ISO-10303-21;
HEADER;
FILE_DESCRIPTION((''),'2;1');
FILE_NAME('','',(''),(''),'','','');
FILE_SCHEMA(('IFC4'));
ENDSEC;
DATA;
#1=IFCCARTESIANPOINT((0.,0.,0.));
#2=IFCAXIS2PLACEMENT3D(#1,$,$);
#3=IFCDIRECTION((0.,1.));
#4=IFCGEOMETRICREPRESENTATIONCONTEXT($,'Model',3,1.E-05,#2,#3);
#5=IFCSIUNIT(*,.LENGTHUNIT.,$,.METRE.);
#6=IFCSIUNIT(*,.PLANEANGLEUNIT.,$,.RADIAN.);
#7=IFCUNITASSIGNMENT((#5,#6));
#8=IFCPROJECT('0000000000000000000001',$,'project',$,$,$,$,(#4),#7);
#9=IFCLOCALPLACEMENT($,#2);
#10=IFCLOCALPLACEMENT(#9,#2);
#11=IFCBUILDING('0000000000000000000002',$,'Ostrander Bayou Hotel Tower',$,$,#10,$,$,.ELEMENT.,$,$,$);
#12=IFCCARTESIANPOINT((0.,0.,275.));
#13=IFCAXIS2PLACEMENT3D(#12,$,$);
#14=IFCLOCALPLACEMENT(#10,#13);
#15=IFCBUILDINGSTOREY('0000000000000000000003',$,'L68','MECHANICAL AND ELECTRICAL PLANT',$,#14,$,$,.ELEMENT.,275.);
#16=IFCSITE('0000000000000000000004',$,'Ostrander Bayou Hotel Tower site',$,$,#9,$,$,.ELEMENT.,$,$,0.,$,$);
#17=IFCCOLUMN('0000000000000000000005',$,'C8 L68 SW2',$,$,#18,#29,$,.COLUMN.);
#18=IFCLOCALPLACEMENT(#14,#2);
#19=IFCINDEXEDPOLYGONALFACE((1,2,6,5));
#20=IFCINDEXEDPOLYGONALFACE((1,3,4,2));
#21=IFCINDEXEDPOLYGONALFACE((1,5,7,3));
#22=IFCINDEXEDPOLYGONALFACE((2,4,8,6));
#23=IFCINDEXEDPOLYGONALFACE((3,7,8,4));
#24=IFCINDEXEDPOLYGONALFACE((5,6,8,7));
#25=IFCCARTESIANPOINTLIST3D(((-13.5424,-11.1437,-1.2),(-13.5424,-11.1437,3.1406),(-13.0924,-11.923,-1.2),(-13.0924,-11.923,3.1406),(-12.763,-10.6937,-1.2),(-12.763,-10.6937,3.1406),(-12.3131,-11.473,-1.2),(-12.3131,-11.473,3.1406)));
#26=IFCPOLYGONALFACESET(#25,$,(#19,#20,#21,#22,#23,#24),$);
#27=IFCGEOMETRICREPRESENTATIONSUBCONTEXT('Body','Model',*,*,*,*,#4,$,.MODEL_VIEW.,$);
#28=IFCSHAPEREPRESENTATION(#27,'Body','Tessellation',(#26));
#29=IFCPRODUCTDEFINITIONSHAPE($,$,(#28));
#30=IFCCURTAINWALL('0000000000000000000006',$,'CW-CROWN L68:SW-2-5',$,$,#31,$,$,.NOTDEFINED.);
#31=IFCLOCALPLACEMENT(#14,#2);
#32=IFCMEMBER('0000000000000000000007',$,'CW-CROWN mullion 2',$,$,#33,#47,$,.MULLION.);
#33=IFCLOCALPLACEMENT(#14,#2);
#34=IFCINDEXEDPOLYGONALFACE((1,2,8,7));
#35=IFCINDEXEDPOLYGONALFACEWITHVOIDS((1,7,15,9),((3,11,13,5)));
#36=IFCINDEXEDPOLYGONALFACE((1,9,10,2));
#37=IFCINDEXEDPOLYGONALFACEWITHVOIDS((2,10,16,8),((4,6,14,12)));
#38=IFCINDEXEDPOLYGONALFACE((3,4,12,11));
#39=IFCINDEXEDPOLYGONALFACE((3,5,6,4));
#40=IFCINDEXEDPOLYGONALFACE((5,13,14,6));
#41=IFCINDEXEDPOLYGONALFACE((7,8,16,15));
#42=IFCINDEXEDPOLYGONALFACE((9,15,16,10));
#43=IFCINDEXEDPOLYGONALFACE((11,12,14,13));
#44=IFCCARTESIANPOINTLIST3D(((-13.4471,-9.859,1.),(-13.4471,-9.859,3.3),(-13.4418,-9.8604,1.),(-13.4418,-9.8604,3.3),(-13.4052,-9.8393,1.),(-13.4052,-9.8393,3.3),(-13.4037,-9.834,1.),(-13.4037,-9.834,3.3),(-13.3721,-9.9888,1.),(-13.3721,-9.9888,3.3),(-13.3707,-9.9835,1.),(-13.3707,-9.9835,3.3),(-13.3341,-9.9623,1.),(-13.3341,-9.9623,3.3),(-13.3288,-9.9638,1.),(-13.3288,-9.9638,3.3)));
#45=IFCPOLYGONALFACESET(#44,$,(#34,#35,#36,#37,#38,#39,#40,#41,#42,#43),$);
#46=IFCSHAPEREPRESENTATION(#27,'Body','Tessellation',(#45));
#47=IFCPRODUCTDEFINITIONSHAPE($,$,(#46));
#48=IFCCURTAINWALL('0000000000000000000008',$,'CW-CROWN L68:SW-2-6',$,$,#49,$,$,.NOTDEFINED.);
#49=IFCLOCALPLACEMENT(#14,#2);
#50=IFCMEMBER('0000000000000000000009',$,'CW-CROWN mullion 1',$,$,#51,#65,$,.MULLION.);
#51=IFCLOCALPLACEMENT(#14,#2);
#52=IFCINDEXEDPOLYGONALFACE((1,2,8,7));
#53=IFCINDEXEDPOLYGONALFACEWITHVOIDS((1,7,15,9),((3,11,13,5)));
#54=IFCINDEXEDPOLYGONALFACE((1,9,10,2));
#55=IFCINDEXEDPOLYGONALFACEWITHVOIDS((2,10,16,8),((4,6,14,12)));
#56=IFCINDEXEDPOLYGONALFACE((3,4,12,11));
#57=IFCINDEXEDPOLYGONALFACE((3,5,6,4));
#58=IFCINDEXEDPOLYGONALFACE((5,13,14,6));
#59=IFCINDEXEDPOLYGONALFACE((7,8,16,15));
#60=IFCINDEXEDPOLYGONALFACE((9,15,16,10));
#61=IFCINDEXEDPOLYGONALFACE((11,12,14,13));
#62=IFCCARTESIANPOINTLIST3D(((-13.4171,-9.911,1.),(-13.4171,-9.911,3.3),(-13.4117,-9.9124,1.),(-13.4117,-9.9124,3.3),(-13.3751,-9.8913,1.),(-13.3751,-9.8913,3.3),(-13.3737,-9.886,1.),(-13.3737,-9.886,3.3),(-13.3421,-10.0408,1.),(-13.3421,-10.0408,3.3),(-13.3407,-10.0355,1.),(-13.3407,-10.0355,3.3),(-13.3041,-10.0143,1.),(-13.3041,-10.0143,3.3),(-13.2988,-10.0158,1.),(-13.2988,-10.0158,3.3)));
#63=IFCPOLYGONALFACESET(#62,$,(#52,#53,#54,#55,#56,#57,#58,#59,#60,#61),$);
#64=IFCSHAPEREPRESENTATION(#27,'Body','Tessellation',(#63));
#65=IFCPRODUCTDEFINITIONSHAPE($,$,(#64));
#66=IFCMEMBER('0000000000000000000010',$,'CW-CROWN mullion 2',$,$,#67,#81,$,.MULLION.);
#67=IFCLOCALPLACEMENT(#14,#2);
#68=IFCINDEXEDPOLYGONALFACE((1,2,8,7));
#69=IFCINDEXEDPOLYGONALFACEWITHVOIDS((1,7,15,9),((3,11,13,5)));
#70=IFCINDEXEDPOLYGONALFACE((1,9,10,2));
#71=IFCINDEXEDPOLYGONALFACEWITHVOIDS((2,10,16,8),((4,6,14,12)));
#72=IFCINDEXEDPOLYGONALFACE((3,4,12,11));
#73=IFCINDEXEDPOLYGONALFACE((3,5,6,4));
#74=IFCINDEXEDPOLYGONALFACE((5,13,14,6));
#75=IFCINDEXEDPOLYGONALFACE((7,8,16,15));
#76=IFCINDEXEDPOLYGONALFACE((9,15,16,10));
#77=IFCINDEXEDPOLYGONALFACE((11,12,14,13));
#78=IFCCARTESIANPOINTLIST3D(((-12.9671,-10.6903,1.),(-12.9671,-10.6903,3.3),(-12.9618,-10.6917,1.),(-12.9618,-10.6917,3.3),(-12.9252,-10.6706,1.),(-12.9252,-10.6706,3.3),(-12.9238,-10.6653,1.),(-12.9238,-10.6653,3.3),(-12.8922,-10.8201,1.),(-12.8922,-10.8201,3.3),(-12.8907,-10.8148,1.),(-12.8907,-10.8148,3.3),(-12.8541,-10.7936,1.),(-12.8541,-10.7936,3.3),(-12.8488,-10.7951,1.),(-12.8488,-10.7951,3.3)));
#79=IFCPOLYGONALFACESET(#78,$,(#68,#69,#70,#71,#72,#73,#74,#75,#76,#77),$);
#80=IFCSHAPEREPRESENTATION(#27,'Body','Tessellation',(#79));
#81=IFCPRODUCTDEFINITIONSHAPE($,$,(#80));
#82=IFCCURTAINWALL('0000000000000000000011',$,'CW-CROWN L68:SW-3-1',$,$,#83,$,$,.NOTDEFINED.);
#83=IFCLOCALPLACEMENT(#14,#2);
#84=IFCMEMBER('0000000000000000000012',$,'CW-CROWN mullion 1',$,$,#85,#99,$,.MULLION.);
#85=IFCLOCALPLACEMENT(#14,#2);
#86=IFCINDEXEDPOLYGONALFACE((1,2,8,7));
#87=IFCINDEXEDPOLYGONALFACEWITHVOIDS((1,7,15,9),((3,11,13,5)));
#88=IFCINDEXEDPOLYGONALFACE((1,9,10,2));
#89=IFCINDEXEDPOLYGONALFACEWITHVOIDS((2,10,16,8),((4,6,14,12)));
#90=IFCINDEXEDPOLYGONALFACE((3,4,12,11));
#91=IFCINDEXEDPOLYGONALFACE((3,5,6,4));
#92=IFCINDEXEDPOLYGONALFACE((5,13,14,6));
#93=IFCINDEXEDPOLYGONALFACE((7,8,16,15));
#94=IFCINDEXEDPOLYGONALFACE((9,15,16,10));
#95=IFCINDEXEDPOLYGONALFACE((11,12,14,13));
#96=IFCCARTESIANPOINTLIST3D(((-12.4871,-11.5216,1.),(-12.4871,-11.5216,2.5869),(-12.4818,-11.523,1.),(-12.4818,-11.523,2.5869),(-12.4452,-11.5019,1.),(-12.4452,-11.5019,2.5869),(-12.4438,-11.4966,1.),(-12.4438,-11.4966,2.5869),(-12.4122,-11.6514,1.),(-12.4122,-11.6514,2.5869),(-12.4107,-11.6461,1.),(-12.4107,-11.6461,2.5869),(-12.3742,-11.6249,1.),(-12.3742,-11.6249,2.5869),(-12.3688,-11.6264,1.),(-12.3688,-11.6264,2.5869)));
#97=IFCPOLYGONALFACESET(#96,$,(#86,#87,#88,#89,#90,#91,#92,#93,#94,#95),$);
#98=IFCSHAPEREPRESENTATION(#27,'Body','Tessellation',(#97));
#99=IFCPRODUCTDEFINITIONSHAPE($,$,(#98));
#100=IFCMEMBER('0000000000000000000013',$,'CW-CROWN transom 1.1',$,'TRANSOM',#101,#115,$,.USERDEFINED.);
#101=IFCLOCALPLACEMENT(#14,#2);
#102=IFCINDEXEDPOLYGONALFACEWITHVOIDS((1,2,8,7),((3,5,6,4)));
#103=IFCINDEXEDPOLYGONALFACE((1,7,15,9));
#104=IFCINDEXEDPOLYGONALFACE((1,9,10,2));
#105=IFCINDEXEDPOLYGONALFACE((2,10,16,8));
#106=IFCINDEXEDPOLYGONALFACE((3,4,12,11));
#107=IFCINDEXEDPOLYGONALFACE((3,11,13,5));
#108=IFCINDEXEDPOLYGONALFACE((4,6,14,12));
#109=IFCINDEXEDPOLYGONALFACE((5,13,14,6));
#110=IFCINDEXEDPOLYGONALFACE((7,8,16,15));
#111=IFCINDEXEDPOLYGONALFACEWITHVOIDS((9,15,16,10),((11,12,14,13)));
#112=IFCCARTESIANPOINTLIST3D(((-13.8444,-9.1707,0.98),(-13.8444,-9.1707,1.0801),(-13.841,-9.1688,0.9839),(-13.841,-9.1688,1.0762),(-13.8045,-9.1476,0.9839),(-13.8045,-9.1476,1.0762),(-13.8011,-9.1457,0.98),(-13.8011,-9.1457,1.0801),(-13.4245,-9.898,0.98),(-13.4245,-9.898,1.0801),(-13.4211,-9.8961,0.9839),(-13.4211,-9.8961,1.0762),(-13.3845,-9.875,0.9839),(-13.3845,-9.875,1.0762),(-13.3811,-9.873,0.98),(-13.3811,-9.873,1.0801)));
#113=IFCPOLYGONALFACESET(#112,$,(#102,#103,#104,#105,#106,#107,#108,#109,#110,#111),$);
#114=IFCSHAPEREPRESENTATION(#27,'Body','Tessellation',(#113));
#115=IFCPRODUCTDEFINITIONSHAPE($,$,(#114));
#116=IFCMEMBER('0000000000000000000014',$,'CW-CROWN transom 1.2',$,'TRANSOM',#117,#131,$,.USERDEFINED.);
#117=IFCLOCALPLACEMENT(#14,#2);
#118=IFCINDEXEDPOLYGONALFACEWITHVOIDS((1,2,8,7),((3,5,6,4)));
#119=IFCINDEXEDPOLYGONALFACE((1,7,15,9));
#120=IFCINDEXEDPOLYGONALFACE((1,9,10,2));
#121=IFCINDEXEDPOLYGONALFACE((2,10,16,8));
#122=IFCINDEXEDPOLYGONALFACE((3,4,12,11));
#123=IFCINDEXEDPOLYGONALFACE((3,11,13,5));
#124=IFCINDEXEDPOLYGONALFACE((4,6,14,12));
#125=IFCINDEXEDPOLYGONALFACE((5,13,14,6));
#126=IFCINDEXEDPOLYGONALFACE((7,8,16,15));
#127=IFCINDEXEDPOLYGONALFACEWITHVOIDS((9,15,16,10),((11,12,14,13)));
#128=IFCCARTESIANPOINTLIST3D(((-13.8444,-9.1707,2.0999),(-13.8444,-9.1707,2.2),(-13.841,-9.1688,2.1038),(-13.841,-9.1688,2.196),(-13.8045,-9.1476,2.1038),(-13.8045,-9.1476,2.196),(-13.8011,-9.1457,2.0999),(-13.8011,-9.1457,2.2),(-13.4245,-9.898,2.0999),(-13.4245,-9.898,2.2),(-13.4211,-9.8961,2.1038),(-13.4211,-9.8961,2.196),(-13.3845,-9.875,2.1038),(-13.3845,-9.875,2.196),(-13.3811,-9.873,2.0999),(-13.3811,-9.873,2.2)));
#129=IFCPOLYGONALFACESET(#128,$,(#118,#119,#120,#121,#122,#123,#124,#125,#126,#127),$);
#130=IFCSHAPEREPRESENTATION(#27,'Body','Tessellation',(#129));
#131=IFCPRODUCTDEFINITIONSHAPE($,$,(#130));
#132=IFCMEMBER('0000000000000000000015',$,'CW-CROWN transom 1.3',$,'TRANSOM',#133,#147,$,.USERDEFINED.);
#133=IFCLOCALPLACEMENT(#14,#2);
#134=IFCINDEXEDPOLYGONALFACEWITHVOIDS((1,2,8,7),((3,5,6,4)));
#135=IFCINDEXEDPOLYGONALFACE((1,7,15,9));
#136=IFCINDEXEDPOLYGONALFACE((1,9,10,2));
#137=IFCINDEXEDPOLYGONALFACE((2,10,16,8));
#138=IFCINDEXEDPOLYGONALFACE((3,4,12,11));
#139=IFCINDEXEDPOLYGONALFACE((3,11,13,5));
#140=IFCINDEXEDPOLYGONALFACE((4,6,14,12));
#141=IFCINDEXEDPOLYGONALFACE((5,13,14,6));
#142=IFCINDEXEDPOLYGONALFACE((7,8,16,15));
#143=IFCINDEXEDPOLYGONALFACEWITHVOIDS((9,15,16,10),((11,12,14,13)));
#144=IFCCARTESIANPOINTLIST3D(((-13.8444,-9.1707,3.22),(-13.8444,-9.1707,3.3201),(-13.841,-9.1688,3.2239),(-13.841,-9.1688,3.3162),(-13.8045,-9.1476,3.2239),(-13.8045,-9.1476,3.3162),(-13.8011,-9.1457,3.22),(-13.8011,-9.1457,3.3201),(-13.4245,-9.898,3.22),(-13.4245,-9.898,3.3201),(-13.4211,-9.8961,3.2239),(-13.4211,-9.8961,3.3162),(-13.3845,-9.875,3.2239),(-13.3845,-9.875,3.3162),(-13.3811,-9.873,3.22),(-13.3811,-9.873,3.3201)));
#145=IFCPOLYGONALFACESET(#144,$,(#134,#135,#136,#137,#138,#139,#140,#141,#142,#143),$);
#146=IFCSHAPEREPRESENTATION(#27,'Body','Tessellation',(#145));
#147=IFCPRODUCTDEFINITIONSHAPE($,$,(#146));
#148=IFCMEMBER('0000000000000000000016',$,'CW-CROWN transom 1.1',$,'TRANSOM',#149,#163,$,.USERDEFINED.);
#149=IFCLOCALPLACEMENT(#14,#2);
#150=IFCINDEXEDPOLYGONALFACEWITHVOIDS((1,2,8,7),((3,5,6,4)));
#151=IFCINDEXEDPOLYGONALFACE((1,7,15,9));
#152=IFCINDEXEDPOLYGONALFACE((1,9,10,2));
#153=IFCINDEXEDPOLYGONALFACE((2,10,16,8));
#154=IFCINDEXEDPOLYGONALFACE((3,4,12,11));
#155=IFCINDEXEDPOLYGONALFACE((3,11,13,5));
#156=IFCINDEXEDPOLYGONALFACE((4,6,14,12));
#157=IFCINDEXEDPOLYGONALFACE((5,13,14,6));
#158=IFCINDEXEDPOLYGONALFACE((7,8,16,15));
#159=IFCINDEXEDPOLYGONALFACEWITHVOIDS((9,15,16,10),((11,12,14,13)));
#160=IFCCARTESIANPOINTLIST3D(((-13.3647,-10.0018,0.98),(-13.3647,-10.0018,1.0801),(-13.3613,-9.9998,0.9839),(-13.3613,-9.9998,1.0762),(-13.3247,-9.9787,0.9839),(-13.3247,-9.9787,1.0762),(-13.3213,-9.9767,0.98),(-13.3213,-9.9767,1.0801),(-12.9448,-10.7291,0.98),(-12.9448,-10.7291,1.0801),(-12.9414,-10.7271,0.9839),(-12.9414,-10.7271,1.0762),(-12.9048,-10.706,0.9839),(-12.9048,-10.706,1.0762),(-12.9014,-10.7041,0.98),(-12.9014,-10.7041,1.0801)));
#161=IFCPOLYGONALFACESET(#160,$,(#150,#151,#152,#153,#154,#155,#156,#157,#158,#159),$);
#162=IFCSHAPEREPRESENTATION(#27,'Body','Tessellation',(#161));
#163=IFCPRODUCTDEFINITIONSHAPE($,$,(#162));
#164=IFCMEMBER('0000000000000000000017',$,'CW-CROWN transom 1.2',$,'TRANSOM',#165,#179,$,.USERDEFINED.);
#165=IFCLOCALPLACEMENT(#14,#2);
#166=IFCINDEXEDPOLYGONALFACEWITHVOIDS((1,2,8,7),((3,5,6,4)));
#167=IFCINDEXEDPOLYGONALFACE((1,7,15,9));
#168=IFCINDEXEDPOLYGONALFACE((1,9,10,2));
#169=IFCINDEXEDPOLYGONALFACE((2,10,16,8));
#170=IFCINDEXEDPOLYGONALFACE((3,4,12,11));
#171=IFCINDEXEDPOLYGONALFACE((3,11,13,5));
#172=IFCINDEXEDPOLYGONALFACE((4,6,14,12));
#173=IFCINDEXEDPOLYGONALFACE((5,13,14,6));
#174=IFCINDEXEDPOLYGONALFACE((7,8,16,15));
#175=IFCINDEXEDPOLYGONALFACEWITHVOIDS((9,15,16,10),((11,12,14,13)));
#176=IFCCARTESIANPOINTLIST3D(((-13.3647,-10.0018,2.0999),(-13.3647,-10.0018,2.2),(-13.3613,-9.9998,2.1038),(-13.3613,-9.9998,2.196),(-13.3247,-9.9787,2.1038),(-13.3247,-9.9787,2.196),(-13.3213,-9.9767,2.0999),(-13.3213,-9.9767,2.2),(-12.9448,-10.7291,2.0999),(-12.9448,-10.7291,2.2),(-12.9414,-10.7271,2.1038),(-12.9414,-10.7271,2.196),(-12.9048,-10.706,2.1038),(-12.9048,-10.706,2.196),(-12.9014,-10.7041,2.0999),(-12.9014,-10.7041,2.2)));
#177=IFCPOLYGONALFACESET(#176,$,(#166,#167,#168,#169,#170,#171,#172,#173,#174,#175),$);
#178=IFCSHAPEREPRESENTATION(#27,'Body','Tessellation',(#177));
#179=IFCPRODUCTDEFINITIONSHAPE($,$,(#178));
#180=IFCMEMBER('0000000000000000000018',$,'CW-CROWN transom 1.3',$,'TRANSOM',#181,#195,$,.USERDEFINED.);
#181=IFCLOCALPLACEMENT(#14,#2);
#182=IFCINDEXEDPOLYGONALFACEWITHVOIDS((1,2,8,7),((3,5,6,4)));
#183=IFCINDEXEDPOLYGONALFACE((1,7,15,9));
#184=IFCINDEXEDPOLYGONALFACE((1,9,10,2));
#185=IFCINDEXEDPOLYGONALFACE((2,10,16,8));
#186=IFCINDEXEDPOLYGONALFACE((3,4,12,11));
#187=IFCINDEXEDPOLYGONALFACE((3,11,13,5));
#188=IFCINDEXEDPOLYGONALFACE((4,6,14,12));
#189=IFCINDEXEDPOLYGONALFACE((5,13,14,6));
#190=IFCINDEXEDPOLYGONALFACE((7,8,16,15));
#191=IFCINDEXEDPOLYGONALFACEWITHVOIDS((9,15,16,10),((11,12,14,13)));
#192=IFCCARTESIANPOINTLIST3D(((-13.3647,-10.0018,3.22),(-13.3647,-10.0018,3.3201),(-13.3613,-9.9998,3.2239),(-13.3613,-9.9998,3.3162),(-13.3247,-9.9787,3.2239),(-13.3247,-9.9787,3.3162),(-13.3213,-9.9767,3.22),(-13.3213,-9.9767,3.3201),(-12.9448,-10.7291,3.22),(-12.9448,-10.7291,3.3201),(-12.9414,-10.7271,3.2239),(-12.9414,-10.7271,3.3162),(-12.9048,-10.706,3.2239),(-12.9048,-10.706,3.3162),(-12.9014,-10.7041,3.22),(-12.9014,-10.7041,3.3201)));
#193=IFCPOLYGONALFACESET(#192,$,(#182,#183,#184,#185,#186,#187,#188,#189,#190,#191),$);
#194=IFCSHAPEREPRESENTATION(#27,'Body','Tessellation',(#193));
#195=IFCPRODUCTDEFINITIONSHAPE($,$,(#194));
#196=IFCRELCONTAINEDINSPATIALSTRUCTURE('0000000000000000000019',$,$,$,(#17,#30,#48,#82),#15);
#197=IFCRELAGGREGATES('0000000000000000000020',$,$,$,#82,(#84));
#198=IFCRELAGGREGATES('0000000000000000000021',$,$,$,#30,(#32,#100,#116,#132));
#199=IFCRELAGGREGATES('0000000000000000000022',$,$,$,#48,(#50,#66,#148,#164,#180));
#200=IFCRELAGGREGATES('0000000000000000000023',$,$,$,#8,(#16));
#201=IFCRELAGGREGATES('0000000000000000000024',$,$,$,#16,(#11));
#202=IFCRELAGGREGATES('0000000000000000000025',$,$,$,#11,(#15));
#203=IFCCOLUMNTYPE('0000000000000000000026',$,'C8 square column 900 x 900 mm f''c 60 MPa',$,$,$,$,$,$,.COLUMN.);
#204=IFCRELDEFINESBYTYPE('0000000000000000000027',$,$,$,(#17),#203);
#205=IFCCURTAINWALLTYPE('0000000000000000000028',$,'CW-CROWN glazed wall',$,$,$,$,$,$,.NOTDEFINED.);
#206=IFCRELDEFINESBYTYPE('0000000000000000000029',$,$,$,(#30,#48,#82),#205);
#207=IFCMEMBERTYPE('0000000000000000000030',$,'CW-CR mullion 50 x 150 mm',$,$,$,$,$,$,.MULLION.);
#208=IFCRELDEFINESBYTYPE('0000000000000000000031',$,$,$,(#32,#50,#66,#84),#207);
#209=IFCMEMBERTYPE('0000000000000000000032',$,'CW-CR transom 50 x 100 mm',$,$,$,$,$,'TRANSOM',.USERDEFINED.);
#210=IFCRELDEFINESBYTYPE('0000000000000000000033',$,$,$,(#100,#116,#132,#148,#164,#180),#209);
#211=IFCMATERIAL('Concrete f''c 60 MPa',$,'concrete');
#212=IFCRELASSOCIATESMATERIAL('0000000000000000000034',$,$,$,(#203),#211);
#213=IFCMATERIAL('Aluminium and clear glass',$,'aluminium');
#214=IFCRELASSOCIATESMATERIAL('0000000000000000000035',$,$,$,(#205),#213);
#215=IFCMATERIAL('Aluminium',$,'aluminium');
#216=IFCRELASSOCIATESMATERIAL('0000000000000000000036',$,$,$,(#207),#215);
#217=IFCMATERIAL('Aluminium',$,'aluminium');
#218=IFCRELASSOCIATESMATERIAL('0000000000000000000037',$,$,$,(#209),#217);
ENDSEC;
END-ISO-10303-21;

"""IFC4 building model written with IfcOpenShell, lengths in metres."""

from ifc_helpers import new_model, si_unit, direction, frame, origin, origin_2d, place, context, subcontext, project, spatial, rectangle, hollow_rectangle, extrude, material, material_profile, profile_set, type_object, element, aggregate, save


model = new_model("IFC4")

# Units and contexts
model_context = context("Model", 3, precision=1e-05, world=origin(), true_north=direction((0.0, 1.0)))
body_context = subcontext(model_context, "Body", "Model", "MODEL_VIEW")
ifc_project = project(units=[si_unit("LENGTHUNIT", "METRE"), si_unit("PLANEANGLEUNIT", "RADIAN")], contexts=[model_context])

# Site, building, storey
site_placement = place(None, origin())
site = spatial("IfcSite", under=ifc_project, at=site_placement, Name="Ostrander Bayou Hotel Tower site", CompositionType="ELEMENT", RefElevation=0.0)
building_placement = place(site_placement, origin())
building = spatial("IfcBuilding", under=site, at=building_placement, Name="Ostrander Bayou Hotel Tower", CompositionType="ELEMENT")
storey_placement = place(building_placement, frame((0.0, 0.0, 275.0)))
storey = spatial("IfcBuildingStorey", under=building, at=storey_placement, Name="L68", Description="MECHANICAL AND ELECTRICAL PLANT", CompositionType="ELEMENT", Elevation=275.0)

# Column
ifc_material_1 = material(Name="Concrete f'c 60 MPa", Category="concrete")
ifc_material_profile_1 = material_profile(ifc_material_1, rectangle(XDim=0.8999, YDim=0.8999, at=origin_2d()))
ifc_profile_set_1 = profile_set([ifc_material_profile_1], Name="Concrete f'c 60 MPa")
column_type = type_object("IfcColumnType", Name="C8 square column 900 x 900 mm f'c 60 MPa", PredefinedType="COLUMN", material=ifc_profile_set_1)
column_placement = place(storey_placement, frame((-12.9277, -11.3083, -1.2), z_axis=(0.0, 0.0, 1.0), x_axis=(-0.5, 0.866025, 0.0)))
element("IfcColumn", 1, at=column_placement, inside=storey, type_object=column_type, Name="C8 L68 SW2", PredefinedType="COLUMN", context=body_context, shape_type="SweptSolid", body=[
    extrude(rectangle(XDim=0.8999, YDim=0.8999, at=origin_2d()), origin(), (0.0, 0.0, 1.0), 4.3406),
])

# Curtain wall, member
ifc_material_2 = material(Name="Aluminium and clear glass", Category="aluminium")
curtain_wall_type = type_object("IfcCurtainWallType", Name="CW-CROWN glazed wall", PredefinedType="NOTDEFINED", material=ifc_material_2)
curtain_wall_1_placement = place(storey_placement, origin())
curtain_wall_1 = element("IfcCurtainWall", 2, at=curtain_wall_1_placement, inside=storey, type_object=curtain_wall_type, Name="CW-CROWN L68:SW-2-5", PredefinedType="NOTDEFINED")
ifc_material_3 = material(Name="Aluminium", Category="aluminium")
ifc_material_profile_2 = material_profile(ifc_material_3, hollow_rectangle(XDim=0.05, YDim=0.1499, WallThickness=0.0039, at=origin_2d()))
ifc_profile_set_2 = profile_set([ifc_material_profile_2], Name="Aluminium")
member_type_1 = type_object("IfcMemberType", Name="CW-CR mullion 50 x 150 mm", PredefinedType="MULLION", material=ifc_profile_set_2)
member_1_placement = place(storey_placement, frame((-13.3879, -9.9114, 1.0), z_axis=(0.0, 0.0, 1.0), x_axis=(0.866022, 0.500005, 0.0)))
member_1 = element("IfcMember", 3, at=member_1_placement, type_object=member_type_1, Name="CW-CROWN mullion 2", PredefinedType="MULLION", context=body_context, shape_type="SweptSolid", body=[
    extrude(hollow_rectangle(XDim=0.05, YDim=0.1499, WallThickness=0.0039, at=origin_2d()), origin(), (0.0, 0.0, 1.0), 2.3),
])

# Curtain wall, members
curtain_wall_2_placement = place(storey_placement, origin())
curtain_wall_2 = element("IfcCurtainWall", 4, at=curtain_wall_2_placement, inside=storey, type_object=curtain_wall_type, Name="CW-CROWN L68:SW-2-6", PredefinedType="NOTDEFINED")
member_2_placement = place(storey_placement, frame((-13.3579, -9.9634, 1.0), z_axis=(0.0, 0.0, 1.0), x_axis=(0.866022, 0.500005, 0.0)))
member_2 = element("IfcMember", 5, at=member_2_placement, type_object=member_type_1, Name="CW-CROWN mullion 1", PredefinedType="MULLION", context=body_context, shape_type="SweptSolid", body=[
    extrude(hollow_rectangle(XDim=0.05, YDim=0.1499, WallThickness=0.0039, at=origin_2d()), origin(), (0.0, 0.0, 1.0), 2.3),
])
member_3_placement = place(storey_placement, frame((-12.908, -10.7427, 1.0), z_axis=(0.0, 0.0, 1.0), x_axis=(0.866022, 0.500005, 0.0)))
member_3 = element("IfcMember", 6, at=member_3_placement, type_object=member_type_1, Name="CW-CROWN mullion 2", PredefinedType="MULLION", context=body_context, shape_type="SweptSolid", body=[
    extrude(hollow_rectangle(XDim=0.05, YDim=0.1499, WallThickness=0.0039, at=origin_2d()), origin(), (0.0, 0.0, 1.0), 2.3),
])

# Curtain wall, member
curtain_wall_3_placement = place(storey_placement, origin())
curtain_wall_3 = element("IfcCurtainWall", 7, at=curtain_wall_3_placement, inside=storey, type_object=curtain_wall_type, Name="CW-CROWN L68:SW-3-1", PredefinedType="NOTDEFINED")
member_4_placement = place(storey_placement, frame((-12.428, -11.574, 1.0), z_axis=(0.0, 0.0, 1.0), x_axis=(0.866027, 0.499997, 0.0)))
member_4 = element("IfcMember", 8, at=member_4_placement, type_object=member_type_1, Name="CW-CROWN mullion 1", PredefinedType="MULLION", context=body_context, shape_type="SweptSolid", body=[
    extrude(hollow_rectangle(XDim=0.05, YDim=0.1499, WallThickness=0.0039, at=origin_2d()), origin(), (0.0, 0.0, 1.0), 1.5869),
])

# Members
ifc_material_4 = material(Name="Aluminium", Category="aluminium")
ifc_material_profile_3 = material_profile(ifc_material_4, hollow_rectangle(XDim=0.05, YDim=0.1001, WallThickness=0.0039, at=origin_2d()))
ifc_profile_set_3 = profile_set([ifc_material_profile_3], Name="Aluminium")
member_type_2 = type_object("IfcMemberType", Name="CW-CR transom 50 x 100 mm", ElementType="TRANSOM", PredefinedType="USERDEFINED", material=ifc_profile_set_3)
member_5_placement = place(storey_placement, frame((-13.8228, -9.1582, 1.03), z_axis=(0.500016, -0.866016, 0.0), x_axis=(0.866016, 0.500016, 0.0)))
member_5 = element("IfcMember", 9, at=member_5_placement, type_object=member_type_2, Name="CW-CROWN transom 1.1", ObjectType="TRANSOM", PredefinedType="USERDEFINED", context=body_context, shape_type="SweptSolid", body=[
    extrude(hollow_rectangle(XDim=0.05, YDim=0.1001, WallThickness=0.0039, at=origin_2d()), origin(), (0.0, 0.0, 1.0), 0.8398),
])
member_6_placement = place(storey_placement, frame((-13.8228, -9.1582, 2.1499), z_axis=(0.500016, -0.866016, 0.0), x_axis=(0.866016, 0.500016, 0.0)))
member_6 = element("IfcMember", 10, at=member_6_placement, type_object=member_type_2, Name="CW-CROWN transom 1.2", ObjectType="TRANSOM", PredefinedType="USERDEFINED", context=body_context, shape_type="SweptSolid", body=[
    extrude(hollow_rectangle(XDim=0.05, YDim=0.1001, WallThickness=0.0039, at=origin_2d()), origin(), (0.0, 0.0, 1.0), 0.8398),
])
member_7_placement = place(storey_placement, frame((-13.8228, -9.1582, 3.27), z_axis=(0.500016, -0.866016, 0.0), x_axis=(0.866016, 0.500016, 0.0)))
member_7 = element("IfcMember", 11, at=member_7_placement, type_object=member_type_2, Name="CW-CROWN transom 1.3", ObjectType="TRANSOM", PredefinedType="USERDEFINED", context=body_context, shape_type="SweptSolid", body=[
    extrude(hollow_rectangle(XDim=0.05, YDim=0.1001, WallThickness=0.0039, at=origin_2d()), origin(), (0.0, 0.0, 1.0), 0.8398),
])
member_8_placement = place(storey_placement, frame((-13.343, -9.9893, 1.03), z_axis=(0.500016, -0.866016, 0.0), x_axis=(0.866016, 0.500016, 0.0)))
member_8 = element("IfcMember", 12, at=member_8_placement, type_object=member_type_2, Name="CW-CROWN transom 1.1", ObjectType="TRANSOM", PredefinedType="USERDEFINED", context=body_context, shape_type="SweptSolid", body=[
    extrude(hollow_rectangle(XDim=0.05, YDim=0.1001, WallThickness=0.0039, at=origin_2d()), origin(), (0.0, 0.0, 1.0), 0.8398),
])
member_9_placement = place(storey_placement, frame((-13.343, -9.9893, 2.1499), z_axis=(0.500016, -0.866016, 0.0), x_axis=(0.866016, 0.500016, 0.0)))
member_9 = element("IfcMember", 13, at=member_9_placement, type_object=member_type_2, Name="CW-CROWN transom 1.2", ObjectType="TRANSOM", PredefinedType="USERDEFINED", context=body_context, shape_type="SweptSolid", body=[
    extrude(hollow_rectangle(XDim=0.05, YDim=0.1001, WallThickness=0.0039, at=origin_2d()), origin(), (0.0, 0.0, 1.0), 0.8398),
])
member_10_placement = place(storey_placement, frame((-13.343, -9.9893, 3.27), z_axis=(0.500016, -0.866016, 0.0), x_axis=(0.866016, 0.500016, 0.0)))
member_10 = element("IfcMember", 14, at=member_10_placement, type_object=member_type_2, Name="CW-CROWN transom 1.3", ObjectType="TRANSOM", PredefinedType="USERDEFINED", context=body_context, shape_type="SweptSolid", body=[
    extrude(hollow_rectangle(XDim=0.05, YDim=0.1001, WallThickness=0.0039, at=origin_2d()), origin(), (0.0, 0.0, 1.0), 0.8398),
])
aggregate(curtain_wall_3, [member_4])

aggregate(curtain_wall_1, [member_1, member_5, member_6, member_7])
aggregate(curtain_wall_2, [member_2, member_3, member_8, member_9, member_10])

save(model, "model.ifc")
